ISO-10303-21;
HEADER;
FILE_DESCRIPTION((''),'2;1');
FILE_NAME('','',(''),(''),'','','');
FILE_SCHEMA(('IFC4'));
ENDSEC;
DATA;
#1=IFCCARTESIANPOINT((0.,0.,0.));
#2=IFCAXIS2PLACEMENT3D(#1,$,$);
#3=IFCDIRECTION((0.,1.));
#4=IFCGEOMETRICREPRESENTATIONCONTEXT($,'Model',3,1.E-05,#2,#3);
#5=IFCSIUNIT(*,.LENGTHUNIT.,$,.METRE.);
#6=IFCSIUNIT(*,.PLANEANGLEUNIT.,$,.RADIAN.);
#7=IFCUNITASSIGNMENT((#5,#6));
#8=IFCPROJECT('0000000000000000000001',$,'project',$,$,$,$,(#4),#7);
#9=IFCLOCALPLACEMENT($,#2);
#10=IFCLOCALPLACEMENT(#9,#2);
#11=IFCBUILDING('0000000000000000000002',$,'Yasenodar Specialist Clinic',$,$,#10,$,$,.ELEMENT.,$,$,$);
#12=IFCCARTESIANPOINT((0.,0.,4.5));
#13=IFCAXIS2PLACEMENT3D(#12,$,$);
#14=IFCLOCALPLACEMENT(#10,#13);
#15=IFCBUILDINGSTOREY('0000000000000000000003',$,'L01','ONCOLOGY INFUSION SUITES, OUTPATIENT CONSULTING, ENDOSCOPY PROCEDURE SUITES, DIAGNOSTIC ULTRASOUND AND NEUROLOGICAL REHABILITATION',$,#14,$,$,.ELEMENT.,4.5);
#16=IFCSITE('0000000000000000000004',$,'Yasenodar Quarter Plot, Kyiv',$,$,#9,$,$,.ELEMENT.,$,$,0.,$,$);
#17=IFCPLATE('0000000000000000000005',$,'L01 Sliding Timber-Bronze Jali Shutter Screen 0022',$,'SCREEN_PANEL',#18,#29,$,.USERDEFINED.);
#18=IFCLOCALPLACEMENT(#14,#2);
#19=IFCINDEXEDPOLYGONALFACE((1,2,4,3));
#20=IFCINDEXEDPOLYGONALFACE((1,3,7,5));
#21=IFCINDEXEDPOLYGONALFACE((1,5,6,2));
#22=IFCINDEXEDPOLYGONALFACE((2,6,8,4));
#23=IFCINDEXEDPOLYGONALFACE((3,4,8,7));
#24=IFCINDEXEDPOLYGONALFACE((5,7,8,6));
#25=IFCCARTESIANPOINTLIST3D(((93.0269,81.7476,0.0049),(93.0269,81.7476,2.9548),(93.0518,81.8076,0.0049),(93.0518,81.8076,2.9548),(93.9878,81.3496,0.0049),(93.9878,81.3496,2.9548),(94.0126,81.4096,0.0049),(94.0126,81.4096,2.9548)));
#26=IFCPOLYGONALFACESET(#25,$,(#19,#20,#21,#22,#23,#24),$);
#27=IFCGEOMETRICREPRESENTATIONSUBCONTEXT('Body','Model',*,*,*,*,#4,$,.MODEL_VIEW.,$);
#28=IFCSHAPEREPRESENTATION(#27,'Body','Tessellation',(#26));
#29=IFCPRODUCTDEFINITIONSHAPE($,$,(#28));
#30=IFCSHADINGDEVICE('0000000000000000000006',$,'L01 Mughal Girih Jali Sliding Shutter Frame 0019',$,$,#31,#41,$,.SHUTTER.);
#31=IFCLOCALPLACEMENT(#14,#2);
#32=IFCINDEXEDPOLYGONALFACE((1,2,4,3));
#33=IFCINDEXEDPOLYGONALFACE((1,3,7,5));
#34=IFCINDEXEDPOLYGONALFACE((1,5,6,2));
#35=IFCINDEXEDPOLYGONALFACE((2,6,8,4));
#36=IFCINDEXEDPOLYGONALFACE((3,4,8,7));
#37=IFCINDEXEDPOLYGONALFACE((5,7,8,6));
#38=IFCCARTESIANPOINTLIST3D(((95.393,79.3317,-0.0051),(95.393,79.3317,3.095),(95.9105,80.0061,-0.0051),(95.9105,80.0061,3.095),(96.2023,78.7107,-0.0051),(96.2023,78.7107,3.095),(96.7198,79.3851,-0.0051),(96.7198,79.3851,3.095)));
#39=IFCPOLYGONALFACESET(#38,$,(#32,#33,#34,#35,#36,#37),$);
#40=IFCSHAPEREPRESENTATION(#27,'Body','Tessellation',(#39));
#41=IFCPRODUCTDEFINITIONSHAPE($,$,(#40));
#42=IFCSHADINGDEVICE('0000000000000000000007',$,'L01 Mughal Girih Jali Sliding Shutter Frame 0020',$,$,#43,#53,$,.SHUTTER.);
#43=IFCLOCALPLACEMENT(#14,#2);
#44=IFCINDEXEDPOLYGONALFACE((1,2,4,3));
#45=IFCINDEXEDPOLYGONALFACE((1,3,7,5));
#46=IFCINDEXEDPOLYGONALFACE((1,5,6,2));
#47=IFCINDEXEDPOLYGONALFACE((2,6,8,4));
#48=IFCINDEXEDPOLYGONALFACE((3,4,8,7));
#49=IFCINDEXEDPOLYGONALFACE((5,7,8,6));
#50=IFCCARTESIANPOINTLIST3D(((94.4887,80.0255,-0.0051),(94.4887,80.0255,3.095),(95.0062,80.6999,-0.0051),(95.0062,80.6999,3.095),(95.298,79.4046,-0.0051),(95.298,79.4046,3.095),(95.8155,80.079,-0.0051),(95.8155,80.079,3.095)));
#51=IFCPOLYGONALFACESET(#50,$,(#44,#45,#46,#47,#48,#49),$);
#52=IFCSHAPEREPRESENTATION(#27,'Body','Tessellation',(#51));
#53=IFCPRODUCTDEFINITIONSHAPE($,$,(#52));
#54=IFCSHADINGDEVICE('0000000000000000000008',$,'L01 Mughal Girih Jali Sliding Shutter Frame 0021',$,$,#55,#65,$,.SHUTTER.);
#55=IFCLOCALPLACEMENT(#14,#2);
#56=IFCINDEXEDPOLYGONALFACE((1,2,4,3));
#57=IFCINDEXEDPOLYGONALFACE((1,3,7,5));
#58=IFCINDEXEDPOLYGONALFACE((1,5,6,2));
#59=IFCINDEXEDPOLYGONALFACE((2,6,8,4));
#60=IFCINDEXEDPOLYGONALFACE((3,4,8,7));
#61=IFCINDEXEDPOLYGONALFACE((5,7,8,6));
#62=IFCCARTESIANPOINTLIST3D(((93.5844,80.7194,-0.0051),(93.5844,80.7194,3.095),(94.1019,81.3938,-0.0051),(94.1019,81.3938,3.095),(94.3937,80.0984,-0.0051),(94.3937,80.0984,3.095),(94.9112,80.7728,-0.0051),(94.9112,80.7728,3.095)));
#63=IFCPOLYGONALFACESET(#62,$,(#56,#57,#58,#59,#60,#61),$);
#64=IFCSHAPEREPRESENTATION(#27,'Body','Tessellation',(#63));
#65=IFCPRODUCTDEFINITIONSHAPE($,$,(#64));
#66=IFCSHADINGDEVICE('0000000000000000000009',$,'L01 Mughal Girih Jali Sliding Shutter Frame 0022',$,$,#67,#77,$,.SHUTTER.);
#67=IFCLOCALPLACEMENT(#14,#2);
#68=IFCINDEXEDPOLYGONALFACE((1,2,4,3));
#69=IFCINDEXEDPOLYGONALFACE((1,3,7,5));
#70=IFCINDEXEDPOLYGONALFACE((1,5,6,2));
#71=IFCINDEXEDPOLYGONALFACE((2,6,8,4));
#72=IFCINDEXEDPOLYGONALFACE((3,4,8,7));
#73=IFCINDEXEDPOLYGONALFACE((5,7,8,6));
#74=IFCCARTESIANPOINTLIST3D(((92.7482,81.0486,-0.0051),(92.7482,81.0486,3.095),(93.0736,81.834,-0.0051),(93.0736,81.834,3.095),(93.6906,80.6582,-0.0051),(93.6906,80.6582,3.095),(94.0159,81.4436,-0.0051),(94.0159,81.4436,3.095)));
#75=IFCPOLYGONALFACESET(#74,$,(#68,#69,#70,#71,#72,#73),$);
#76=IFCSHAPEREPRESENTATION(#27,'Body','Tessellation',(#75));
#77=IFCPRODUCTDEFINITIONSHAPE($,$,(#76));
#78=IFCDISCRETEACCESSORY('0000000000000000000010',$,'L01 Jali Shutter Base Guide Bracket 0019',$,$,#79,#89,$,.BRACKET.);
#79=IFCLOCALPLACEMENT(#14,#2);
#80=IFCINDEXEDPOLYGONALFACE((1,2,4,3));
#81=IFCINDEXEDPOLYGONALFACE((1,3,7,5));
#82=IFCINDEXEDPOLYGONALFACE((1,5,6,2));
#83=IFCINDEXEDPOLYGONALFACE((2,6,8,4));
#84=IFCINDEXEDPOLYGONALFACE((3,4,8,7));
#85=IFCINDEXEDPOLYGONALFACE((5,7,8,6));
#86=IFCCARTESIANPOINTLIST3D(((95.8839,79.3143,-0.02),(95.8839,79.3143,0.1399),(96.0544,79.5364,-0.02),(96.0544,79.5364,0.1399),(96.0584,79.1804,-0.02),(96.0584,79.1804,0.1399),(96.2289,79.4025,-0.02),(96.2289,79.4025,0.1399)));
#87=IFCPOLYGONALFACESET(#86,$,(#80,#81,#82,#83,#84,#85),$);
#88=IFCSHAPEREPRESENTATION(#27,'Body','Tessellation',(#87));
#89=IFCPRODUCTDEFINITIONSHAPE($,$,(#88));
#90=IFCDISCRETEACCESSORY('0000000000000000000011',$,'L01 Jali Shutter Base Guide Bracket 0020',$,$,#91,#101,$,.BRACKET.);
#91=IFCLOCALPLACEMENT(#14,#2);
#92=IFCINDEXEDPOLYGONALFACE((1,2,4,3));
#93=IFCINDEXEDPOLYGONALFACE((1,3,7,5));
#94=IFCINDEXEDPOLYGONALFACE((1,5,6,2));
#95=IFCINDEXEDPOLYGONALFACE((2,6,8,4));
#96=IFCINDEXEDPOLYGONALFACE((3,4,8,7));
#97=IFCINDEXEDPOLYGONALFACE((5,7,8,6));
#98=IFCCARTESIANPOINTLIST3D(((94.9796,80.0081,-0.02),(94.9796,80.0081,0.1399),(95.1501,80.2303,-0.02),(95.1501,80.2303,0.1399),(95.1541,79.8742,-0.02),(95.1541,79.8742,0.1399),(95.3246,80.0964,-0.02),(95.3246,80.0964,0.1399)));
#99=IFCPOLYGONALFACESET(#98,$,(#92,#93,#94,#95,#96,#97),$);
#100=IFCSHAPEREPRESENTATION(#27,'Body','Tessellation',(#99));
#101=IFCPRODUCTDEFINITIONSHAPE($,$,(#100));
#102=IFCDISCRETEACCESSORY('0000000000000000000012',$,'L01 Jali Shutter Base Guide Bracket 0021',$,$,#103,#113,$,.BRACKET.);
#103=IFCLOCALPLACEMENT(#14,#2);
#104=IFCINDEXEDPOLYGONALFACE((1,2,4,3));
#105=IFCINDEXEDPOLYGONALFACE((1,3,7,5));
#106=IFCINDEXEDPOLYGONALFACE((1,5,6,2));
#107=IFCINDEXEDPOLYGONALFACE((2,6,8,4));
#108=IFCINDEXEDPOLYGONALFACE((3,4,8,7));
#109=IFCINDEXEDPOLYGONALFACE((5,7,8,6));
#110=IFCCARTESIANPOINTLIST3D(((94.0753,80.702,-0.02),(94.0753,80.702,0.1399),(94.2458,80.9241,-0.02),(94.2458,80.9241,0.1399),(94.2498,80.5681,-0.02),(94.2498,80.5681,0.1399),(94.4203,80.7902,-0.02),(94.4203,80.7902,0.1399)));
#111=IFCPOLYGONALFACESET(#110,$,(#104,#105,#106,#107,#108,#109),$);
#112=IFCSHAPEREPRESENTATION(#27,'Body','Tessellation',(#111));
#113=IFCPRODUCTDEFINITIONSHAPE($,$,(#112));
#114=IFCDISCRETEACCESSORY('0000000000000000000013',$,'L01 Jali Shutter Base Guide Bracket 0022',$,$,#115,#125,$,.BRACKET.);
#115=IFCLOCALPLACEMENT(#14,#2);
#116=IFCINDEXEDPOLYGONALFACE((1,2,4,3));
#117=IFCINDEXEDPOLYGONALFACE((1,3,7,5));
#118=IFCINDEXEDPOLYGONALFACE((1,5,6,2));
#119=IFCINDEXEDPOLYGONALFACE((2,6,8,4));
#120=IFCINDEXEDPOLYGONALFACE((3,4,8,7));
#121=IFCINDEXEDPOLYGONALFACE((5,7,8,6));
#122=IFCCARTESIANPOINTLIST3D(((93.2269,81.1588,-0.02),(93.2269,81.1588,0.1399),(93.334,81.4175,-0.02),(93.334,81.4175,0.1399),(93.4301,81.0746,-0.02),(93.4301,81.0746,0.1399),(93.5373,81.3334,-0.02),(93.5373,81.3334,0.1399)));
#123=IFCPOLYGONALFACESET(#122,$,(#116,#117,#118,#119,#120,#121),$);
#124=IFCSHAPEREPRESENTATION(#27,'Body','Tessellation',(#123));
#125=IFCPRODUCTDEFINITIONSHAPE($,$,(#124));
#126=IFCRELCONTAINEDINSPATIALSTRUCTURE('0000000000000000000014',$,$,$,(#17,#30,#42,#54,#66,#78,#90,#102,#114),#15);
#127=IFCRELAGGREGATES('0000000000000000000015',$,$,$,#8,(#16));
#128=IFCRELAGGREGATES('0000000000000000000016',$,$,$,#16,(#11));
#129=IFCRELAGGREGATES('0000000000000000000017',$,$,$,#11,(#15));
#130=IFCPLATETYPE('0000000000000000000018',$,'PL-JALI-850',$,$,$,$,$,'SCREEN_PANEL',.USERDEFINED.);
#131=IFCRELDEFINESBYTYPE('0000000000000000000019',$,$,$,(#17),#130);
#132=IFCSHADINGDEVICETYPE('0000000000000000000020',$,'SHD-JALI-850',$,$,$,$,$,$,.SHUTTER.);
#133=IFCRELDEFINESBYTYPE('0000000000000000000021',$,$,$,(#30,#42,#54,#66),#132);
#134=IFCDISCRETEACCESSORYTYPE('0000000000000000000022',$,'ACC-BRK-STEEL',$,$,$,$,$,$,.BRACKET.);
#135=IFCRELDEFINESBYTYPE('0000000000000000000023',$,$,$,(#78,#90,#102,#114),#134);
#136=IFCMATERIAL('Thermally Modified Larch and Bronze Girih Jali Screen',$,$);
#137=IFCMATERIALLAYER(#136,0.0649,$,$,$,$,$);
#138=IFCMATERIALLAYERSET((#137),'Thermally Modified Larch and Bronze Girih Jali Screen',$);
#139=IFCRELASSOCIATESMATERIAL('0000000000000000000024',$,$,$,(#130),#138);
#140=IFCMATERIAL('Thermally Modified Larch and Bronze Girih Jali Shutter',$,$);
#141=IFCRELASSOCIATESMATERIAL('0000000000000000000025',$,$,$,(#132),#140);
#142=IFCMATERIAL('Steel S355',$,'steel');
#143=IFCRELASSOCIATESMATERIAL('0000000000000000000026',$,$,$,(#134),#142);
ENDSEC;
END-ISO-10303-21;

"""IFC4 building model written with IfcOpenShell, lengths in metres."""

from ifc_helpers import new_model, si_unit, direction, frame, origin, origin_2d, place, context, subcontext, project, spatial, rectangle, extrude, material, layer, layer_set, type_object, element, save


model = new_model("IFC4")

# Units and contexts
model_context = context("Model", 3, precision=1e-05, world=origin(), true_north=direction((0.0, 1.0)))
body_context = subcontext(model_context, "Body", "Model", "MODEL_VIEW")
ifc_project = project(units=[si_unit("LENGTHUNIT", "METRE"), si_unit("PLANEANGLEUNIT", "RADIAN")], contexts=[model_context])

# Site, building, storey
site_placement = place(None, origin())
site = spatial("IfcSite", under=ifc_project, at=site_placement, Name="Yasenodar Quarter Plot, Kyiv", CompositionType="ELEMENT", RefElevation=0.0)
building_placement = place(site_placement, origin())
building = spatial("IfcBuilding", under=site, at=building_placement, Name="Yasenodar Specialist Clinic", CompositionType="ELEMENT")
storey_placement = place(building_placement, frame((0.0, 0.0, 4.5)))
storey = spatial("IfcBuildingStorey", under=building, at=storey_placement, Name="L01", Description="ONCOLOGY INFUSION SUITES, OUTPATIENT CONSULTING, ENDOSCOPY PROCEDURE SUITES, DIAGNOSTIC ULTRASOUND AND NEUROLOGICAL REHABILITATION", CompositionType="ELEMENT", Elevation=4.5)

# Shared definitions
ifc_material_1 = material(Name="Steel S355", Category="steel")

# Plate
ifc_material_2 = material(Name="Thermally Modified Larch and Bronze Girih Jali Screen")
ifc_layer_1 = layer(ifc_material_2, 0.0649)
ifc_layer_set_1 = layer_set([ifc_layer_1], Name="Thermally Modified Larch and Bronze Girih Jali Screen")
plate_type_1 = type_object("IfcPlateType", Name="PL-JALI-850", ElementType="SCREEN_PANEL", PredefinedType="USERDEFINED", material=ifc_layer_set_1)
for number, where, z_axis, x_axis, name in (
    (1, (93.5198, 81.5786, 0.0049), (0.0, 0.0, 1.0), (-0.923878, 0.382687, 0.0), "L01 Sliding Timber-Bronze Jali Shutter Screen 0022"),
):
    element("IfcPlate", number, at=place(storey_placement, frame(where, z_axis=z_axis, x_axis=x_axis)), inside=storey, type_object=plate_type_1, Name=name, ObjectType="SCREEN_PANEL", PredefinedType="USERDEFINED", context=body_context, shape_type="SweptSolid", body=[
        extrude(rectangle(XDim=1.04, YDim=0.0649, at=origin_2d()), origin(), (0.0, 0.0, 1.0), 2.95),
    ])

# Shading devices
ifc_material_3 = material(Name="Thermally Modified Larch and Bronze Girih Jali Shutter")
shading_device_type = type_object("IfcShadingDeviceType", Name="SHD-JALI-850", PredefinedType="SHUTTER", material=ifc_material_3)
for number, where, z_axis, x_axis, name in (
    (2, (96.0564, 79.3584, -0.0051), (0.0, 0.0, 1.0), (-0.793351, 0.608764, 0.0), "L01 Mughal Girih Jali Sliding Shutter Frame 0019"),
    (3, (95.1521, 80.0522, -0.0051), (0.0, 0.0, 1.0), (-0.793351, 0.608764, 0.0), "L01 Mughal Girih Jali Sliding Shutter Frame 0020"),
    (4, (94.2478, 80.7461, -0.0051), (0.0, 0.0, 1.0), (-0.793351, 0.608764, 0.0), "L01 Mughal Girih Jali Sliding Shutter Frame 0021"),
    (5, (93.3821, 81.2461, -0.0051), (0.0, 0.0, 1.0), (-0.923878, 0.382687, 0.0), "L01 Mughal Girih Jali Sliding Shutter Frame 0022"),
):
    element("IfcShadingDevice", number, at=place(storey_placement, frame(where, z_axis=z_axis, x_axis=x_axis)), inside=storey, type_object=shading_device_type, Name=name, PredefinedType="SHUTTER", context=body_context, shape_type="SweptSolid", body=[
        extrude(rectangle(XDim=1.02, YDim=0.8501, at=origin_2d()), origin(), (0.0, 0.0, 1.0), 3.1001),
    ])

# Discrete accessories
discrete_accessory_type = type_object("IfcDiscreteAccessoryType", Name="ACC-BRK-STEEL", PredefinedType="BRACKET", material=ifc_material_1)
for number, where, z_axis, x_axis, name in (
    (6, (96.0564, 79.3584, -0.02), (0.0, 0.0, 1.0), (-0.793351, 0.608764, 0.0), "L01 Jali Shutter Base Guide Bracket 0019"),
    (7, (95.1521, 80.0522, -0.02), (0.0, 0.0, 1.0), (-0.793351, 0.608764, 0.0), "L01 Jali Shutter Base Guide Bracket 0020"),
    (8, (94.2478, 80.7461, -0.02), (0.0, 0.0, 1.0), (-0.793351, 0.608764, 0.0), "L01 Jali Shutter Base Guide Bracket 0021"),
    (9, (93.3821, 81.2461, -0.02), (0.0, 0.0, 1.0), (-0.923878, 0.382687, 0.0), "L01 Jali Shutter Base Guide Bracket 0022"),
):
    element("IfcDiscreteAccessory", number, at=place(storey_placement, frame(where, z_axis=z_axis, x_axis=x_axis)), inside=storey, type_object=discrete_accessory_type, Name=name, PredefinedType="BRACKET", context=body_context, shape_type="SweptSolid", body=[
        extrude(rectangle(XDim=0.22, YDim=0.28, at=origin_2d()), origin(), (0.0, 0.0, 1.0), 0.1599),
    ])

save(model, "model.ifc")
